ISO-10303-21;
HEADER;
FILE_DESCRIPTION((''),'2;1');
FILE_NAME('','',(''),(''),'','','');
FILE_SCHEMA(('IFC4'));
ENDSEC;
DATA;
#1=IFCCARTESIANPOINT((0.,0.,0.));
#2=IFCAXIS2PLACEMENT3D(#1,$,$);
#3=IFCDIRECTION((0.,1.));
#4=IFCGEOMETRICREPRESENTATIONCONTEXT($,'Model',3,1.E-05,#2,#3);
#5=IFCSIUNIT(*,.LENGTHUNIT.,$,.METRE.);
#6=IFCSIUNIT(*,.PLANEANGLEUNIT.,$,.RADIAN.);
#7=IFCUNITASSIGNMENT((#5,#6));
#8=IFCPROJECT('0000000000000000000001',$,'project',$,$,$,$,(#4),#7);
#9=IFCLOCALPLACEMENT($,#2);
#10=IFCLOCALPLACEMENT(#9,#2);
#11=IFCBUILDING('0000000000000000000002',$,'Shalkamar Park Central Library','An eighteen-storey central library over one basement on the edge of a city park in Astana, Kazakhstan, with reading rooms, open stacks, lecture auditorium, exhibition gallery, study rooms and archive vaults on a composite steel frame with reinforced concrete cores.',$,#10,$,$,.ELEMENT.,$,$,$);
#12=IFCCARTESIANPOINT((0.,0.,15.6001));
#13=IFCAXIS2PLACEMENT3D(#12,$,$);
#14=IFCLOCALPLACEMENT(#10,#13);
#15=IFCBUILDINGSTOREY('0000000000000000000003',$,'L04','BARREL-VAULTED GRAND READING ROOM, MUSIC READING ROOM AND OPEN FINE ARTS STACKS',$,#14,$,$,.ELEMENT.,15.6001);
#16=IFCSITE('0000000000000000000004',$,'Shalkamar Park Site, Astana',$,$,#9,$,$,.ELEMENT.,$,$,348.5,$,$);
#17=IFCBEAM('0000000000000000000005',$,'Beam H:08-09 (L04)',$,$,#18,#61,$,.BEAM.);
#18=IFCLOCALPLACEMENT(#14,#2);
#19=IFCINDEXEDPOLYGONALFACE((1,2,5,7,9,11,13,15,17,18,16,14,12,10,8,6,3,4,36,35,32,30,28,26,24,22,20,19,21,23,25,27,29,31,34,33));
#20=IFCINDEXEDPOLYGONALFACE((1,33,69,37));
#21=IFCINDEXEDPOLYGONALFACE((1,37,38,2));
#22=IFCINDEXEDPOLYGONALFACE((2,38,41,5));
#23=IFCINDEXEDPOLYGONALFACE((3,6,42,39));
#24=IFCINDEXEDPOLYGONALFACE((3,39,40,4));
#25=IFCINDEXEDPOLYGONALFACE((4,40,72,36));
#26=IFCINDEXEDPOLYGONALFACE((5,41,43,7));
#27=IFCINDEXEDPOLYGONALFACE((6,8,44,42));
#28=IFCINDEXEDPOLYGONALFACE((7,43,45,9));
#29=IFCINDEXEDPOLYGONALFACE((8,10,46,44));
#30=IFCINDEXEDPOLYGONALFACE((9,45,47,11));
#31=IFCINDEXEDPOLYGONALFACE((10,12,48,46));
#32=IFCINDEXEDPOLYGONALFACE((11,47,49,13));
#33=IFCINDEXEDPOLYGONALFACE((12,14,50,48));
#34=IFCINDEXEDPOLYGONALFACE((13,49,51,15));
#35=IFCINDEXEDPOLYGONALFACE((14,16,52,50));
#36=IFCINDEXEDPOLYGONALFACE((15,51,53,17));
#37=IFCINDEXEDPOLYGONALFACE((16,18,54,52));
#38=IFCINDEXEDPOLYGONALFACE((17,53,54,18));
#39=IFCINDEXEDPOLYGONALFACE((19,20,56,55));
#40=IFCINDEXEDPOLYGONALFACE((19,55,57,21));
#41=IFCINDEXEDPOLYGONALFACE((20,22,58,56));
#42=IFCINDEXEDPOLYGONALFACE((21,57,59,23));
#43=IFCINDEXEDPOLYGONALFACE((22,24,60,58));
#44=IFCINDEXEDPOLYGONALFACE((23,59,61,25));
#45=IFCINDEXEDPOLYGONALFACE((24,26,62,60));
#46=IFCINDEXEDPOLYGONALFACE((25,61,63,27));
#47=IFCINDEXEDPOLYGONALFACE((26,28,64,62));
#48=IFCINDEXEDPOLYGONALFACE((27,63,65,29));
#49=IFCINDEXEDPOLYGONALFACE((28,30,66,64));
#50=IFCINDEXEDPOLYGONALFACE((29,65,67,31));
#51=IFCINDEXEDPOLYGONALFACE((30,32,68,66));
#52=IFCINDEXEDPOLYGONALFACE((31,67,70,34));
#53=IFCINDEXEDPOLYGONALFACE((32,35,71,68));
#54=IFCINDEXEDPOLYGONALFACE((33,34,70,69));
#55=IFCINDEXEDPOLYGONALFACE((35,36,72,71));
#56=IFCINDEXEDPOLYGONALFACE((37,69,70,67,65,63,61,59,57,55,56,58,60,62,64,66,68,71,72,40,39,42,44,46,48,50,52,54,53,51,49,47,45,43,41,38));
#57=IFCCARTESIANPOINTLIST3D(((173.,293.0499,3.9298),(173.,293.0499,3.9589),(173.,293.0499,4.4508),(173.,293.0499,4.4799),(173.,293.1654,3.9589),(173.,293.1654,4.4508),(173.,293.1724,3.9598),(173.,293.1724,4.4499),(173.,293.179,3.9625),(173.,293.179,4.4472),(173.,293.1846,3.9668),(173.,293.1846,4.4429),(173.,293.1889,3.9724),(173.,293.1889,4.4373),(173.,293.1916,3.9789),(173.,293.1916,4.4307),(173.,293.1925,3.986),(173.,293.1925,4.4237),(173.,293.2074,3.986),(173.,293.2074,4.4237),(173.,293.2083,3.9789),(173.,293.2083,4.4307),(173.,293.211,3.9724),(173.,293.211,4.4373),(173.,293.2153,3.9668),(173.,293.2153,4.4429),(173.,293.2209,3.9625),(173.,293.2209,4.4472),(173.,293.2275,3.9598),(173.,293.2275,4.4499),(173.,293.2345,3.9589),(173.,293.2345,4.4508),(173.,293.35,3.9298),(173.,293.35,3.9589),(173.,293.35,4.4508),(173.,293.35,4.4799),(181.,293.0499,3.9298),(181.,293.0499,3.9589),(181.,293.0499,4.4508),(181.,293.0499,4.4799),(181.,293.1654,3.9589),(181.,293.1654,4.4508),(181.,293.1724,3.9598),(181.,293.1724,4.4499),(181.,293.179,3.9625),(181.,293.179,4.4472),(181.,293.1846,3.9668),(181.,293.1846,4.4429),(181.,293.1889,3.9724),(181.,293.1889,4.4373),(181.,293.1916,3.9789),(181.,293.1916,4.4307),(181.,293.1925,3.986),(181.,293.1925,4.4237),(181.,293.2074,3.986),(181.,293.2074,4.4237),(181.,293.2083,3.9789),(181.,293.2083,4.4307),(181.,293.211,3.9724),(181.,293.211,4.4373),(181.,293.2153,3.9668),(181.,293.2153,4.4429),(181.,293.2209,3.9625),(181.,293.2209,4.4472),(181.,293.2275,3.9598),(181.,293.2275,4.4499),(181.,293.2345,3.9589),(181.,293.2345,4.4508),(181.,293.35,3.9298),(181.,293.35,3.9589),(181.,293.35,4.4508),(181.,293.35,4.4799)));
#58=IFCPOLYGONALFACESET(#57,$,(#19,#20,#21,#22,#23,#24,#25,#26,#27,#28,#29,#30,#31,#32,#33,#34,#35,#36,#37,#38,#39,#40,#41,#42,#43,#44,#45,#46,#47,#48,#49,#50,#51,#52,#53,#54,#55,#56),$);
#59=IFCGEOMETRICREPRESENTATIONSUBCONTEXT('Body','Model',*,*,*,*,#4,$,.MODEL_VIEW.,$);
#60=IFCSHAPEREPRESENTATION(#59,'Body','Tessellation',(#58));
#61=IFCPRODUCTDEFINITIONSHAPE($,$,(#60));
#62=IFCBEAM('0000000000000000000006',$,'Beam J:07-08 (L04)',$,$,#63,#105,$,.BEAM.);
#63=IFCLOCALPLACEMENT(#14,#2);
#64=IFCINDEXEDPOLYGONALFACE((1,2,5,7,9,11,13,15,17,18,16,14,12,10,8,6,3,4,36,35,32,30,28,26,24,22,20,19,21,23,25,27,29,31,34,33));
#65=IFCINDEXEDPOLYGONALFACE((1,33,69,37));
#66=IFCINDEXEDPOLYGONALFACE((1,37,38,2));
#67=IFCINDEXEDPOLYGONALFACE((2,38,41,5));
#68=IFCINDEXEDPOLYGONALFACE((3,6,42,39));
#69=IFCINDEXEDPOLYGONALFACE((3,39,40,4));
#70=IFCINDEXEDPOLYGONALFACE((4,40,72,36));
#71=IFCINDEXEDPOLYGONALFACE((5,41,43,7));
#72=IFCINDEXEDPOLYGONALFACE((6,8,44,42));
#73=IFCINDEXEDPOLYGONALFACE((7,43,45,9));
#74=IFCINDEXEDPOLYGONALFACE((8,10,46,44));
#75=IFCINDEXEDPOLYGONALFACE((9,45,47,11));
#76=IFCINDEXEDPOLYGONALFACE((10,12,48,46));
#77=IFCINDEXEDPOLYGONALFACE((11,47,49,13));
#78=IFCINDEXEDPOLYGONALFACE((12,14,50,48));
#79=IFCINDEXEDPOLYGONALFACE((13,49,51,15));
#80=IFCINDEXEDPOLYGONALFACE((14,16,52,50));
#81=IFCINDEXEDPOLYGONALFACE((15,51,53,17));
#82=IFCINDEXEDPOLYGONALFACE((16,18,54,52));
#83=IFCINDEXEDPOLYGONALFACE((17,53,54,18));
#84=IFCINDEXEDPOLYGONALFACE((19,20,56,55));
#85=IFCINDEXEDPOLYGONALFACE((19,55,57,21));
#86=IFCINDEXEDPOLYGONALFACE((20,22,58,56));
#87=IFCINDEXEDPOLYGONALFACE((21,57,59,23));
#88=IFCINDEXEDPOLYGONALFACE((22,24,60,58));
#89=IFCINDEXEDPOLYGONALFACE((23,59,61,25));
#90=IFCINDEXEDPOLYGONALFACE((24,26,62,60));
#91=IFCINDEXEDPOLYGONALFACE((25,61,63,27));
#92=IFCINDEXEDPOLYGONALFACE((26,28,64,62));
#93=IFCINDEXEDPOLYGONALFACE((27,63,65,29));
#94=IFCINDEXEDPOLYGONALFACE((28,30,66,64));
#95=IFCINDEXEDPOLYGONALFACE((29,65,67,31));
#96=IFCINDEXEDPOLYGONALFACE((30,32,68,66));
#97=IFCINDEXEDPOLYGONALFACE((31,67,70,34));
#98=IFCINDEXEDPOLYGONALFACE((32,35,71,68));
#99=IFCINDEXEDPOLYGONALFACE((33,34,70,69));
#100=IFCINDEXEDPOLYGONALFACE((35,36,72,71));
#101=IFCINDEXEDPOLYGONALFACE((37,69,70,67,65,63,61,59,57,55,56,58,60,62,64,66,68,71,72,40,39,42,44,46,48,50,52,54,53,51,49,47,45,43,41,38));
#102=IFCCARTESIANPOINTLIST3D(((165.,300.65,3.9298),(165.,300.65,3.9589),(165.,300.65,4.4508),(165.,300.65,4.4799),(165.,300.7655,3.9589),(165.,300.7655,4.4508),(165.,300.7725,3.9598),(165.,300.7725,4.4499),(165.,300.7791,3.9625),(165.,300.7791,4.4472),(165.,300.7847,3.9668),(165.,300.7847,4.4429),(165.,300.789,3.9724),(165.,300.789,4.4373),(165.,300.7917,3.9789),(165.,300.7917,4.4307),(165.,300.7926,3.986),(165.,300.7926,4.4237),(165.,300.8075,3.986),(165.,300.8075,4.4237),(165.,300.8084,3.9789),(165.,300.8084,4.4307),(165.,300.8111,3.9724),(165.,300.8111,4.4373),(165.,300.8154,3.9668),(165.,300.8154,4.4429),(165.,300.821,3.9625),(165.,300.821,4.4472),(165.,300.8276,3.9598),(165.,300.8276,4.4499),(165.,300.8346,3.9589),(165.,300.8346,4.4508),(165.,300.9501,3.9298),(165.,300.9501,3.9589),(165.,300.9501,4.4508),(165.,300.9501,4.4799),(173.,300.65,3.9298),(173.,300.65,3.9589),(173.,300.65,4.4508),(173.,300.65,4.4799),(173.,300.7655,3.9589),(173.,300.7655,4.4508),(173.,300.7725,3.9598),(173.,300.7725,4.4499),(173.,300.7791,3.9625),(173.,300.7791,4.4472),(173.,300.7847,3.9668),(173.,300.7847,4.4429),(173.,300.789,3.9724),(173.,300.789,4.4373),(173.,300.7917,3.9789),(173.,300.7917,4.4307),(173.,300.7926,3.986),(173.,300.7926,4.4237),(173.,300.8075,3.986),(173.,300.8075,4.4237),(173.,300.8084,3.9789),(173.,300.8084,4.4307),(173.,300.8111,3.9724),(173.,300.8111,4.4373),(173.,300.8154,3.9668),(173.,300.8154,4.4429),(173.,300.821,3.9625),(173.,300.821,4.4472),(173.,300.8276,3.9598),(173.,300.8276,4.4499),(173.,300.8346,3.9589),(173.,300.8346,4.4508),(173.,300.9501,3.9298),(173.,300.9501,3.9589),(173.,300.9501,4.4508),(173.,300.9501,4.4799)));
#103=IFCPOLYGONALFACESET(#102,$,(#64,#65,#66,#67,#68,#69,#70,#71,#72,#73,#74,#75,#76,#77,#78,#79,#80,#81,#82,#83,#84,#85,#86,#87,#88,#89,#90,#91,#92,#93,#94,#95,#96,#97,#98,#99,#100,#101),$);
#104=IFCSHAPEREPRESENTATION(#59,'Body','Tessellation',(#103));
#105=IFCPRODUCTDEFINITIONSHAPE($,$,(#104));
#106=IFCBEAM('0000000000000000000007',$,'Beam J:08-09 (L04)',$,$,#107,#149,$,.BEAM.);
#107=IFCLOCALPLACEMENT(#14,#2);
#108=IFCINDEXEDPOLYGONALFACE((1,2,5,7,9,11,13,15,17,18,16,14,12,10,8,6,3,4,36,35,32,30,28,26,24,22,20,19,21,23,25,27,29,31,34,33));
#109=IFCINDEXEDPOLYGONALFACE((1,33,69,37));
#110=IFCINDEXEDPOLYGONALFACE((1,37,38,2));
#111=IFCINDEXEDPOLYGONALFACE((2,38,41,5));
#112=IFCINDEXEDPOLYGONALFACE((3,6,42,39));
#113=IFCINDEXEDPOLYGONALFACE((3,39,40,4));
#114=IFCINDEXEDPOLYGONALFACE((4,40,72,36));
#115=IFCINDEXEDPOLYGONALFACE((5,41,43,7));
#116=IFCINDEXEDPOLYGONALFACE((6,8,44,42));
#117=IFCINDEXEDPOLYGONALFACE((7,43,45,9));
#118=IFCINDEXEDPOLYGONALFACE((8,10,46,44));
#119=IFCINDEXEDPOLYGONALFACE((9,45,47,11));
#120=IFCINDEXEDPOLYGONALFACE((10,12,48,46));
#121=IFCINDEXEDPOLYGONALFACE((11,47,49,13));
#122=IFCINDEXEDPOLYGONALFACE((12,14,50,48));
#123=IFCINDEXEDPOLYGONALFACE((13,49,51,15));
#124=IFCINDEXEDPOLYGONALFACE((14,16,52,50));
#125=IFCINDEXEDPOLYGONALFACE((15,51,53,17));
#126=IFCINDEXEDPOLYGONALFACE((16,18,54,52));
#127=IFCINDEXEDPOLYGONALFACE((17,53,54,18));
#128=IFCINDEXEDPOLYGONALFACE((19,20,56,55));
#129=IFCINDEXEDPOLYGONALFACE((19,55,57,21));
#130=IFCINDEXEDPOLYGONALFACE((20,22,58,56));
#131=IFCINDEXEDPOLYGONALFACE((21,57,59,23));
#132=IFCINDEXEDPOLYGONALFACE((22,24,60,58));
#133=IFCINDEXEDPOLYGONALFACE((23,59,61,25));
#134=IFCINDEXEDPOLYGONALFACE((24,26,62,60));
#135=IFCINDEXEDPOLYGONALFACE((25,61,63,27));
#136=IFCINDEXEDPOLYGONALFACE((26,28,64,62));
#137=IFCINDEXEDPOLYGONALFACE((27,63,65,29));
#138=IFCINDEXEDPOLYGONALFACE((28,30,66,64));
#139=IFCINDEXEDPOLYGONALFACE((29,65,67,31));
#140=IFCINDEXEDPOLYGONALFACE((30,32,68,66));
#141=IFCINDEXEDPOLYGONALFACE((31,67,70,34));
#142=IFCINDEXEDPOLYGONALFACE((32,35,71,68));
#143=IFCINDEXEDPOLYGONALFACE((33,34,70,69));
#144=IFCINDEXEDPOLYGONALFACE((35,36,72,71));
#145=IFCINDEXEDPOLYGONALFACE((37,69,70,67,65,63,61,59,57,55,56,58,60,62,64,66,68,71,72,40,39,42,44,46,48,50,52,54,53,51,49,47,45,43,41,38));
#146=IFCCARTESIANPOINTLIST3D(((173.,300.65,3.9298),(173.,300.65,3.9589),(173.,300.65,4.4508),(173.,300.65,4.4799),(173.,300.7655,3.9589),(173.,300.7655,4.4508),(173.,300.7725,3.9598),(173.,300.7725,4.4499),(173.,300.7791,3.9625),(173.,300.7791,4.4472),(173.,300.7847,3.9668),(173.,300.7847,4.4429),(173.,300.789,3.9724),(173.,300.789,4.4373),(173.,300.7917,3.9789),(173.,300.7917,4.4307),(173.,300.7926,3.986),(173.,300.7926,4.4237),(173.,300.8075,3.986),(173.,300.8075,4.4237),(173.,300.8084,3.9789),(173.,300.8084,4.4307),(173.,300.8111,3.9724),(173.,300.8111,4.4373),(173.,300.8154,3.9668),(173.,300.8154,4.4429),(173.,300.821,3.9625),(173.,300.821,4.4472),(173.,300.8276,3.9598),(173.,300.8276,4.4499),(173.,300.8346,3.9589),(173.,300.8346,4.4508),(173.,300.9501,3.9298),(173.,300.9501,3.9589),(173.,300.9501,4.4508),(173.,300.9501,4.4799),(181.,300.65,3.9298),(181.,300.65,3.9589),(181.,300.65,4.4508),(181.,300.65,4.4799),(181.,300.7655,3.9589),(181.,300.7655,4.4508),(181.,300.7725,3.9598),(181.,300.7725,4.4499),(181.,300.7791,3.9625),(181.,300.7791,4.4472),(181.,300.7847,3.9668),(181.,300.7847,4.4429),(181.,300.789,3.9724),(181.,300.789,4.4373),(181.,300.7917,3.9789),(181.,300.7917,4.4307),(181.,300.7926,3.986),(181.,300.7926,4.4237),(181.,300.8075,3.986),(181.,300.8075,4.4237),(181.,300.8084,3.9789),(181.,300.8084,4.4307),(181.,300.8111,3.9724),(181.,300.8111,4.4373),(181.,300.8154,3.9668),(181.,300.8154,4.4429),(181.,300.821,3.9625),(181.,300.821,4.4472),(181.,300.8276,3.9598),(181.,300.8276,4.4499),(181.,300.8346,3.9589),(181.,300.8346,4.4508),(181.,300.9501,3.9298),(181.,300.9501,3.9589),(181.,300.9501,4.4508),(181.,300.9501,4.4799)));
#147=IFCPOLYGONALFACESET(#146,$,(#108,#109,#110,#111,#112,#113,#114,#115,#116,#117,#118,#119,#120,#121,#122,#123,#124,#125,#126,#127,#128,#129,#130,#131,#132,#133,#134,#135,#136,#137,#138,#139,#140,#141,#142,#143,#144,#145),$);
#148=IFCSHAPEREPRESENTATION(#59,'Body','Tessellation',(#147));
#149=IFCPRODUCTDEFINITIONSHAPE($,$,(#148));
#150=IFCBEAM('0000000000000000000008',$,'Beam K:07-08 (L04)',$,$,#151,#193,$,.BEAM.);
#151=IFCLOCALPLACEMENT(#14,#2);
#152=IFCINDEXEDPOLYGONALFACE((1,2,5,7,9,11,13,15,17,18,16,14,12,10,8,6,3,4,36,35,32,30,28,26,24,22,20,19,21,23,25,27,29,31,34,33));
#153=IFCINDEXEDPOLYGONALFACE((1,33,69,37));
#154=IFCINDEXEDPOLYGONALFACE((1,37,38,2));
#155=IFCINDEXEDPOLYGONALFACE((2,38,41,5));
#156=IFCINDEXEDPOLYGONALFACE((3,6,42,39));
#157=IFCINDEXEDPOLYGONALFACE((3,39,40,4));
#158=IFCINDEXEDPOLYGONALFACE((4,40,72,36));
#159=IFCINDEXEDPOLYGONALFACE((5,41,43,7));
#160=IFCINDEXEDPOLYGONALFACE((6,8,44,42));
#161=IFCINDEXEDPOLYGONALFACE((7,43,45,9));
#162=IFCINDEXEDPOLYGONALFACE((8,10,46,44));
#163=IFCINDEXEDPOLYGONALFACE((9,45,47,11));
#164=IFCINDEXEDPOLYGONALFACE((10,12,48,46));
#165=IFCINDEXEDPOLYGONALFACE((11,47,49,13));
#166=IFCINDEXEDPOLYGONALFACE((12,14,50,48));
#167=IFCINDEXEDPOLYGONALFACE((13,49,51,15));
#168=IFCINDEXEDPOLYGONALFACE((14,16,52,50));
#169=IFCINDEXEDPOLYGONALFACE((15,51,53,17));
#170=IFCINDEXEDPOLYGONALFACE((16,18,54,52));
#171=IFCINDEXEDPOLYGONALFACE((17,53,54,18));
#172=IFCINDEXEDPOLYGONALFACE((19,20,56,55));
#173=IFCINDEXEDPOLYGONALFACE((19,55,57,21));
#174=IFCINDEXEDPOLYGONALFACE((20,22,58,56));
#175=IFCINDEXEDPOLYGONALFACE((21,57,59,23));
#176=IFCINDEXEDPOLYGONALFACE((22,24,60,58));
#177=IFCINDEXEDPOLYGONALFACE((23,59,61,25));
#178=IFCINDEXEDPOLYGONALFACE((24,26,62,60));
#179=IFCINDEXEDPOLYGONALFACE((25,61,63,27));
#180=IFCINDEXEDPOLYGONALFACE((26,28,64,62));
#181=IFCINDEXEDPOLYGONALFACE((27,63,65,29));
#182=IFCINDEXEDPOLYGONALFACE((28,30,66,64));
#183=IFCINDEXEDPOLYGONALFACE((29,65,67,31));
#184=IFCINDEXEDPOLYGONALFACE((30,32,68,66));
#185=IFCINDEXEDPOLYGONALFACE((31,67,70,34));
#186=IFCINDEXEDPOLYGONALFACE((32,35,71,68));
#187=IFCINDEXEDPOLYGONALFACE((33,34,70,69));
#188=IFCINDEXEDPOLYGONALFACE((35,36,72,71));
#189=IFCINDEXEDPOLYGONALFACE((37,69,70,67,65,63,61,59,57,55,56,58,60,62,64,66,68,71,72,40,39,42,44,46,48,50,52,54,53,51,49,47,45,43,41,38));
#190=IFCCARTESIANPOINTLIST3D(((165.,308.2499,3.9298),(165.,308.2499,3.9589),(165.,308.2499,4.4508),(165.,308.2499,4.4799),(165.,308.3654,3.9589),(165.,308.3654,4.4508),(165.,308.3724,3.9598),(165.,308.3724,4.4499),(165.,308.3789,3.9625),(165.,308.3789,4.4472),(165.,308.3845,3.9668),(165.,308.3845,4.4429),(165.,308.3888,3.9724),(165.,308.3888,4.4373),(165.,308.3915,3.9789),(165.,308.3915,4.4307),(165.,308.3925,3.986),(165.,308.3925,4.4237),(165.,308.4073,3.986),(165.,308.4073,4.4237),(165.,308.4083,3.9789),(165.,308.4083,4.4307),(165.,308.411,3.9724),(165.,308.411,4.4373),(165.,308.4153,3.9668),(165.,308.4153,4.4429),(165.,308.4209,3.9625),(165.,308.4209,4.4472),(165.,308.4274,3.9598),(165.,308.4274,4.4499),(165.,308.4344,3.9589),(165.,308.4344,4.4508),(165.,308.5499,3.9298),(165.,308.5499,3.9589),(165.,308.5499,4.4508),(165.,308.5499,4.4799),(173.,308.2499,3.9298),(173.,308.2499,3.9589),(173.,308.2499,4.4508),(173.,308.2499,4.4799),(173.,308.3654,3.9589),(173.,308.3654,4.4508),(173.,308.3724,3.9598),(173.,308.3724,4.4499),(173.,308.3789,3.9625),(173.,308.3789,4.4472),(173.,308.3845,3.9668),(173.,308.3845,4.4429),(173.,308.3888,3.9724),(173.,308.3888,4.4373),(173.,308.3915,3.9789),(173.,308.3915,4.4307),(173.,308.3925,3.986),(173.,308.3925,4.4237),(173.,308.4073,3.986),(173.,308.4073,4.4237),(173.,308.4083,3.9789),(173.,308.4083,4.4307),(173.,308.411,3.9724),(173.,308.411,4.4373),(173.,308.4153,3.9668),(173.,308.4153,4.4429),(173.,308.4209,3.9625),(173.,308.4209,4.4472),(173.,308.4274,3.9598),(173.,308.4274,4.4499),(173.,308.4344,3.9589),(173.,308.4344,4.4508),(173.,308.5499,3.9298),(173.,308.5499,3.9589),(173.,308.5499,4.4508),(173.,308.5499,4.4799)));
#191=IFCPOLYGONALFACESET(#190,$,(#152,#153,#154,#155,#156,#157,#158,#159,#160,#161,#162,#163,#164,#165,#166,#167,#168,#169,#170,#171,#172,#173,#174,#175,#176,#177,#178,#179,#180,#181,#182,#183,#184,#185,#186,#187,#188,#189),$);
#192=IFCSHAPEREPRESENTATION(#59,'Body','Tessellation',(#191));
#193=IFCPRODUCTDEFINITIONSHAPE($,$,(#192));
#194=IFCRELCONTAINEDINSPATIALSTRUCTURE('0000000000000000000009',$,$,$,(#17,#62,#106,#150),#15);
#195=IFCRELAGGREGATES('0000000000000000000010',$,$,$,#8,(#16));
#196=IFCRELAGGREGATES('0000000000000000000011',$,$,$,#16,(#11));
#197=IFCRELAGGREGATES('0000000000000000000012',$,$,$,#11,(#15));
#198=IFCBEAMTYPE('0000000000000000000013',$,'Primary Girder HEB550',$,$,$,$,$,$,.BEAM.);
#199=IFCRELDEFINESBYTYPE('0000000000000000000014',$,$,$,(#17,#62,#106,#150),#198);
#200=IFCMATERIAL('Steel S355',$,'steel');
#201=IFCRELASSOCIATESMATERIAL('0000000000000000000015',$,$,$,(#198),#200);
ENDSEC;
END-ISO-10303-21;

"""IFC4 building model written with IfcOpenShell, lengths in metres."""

from ifc_helpers import new_model, si_unit, direction, frame, origin, origin_2d, place, context, subcontext, project, spatial, i_section, extrude, material, material_profile, profile_set, type_object, element, save


model = new_model("IFC4")

# Units and contexts
model_context = context("Model", 3, precision=1e-05, world=origin(), true_north=direction((0.0, 1.0)))
body_context = subcontext(model_context, "Body", "Model", "MODEL_VIEW")
ifc_project = project(units=[si_unit("LENGTHUNIT", "METRE"), si_unit("PLANEANGLEUNIT", "RADIAN")], contexts=[model_context])

# Site, building, storey
site_placement = place(None, origin())
site = spatial("IfcSite", under=ifc_project, at=site_placement, Name="Shalkamar Park Site, Astana", CompositionType="ELEMENT", RefElevation=348.5)
building_placement = place(site_placement, origin())
building = spatial("IfcBuilding", under=site, at=building_placement, Name="Shalkamar Park Central Library", Description="An eighteen-storey central library over one basement on the edge of a city park in Astana, Kazakhstan, with reading rooms, open stacks, lecture auditorium, exhibition gallery, study rooms and archive vaults on a composite steel frame with reinforced concrete cores.", CompositionType="ELEMENT")
storey_placement = place(building_placement, frame((0.0, 0.0, 15.6001)))
storey = spatial("IfcBuildingStorey", under=building, at=storey_placement, Name="L04", Description="BARREL-VAULTED GRAND READING ROOM, MUSIC READING ROOM AND OPEN FINE ARTS STACKS", CompositionType="ELEMENT", Elevation=15.6001)

# Shared definitions
ifc_material_1 = material(Name="Steel S355", Category="steel")

# Beams
ifc_material_profile_1 = material_profile(ifc_material_1, i_section(OverallWidth=0.3, OverallDepth=0.55, WebThickness=0.0149, FlangeThickness=0.0291, FilletRadius=0.0271, at=origin_2d()), Name="HEB 550")
ifc_profile_set_1 = profile_set([ifc_material_profile_1], Name="Steel S355")
beam_type_1 = type_object("IfcBeamType", Name="Primary Girder HEB550", PredefinedType="BEAM", material=ifc_profile_set_1)
for number, where, z_axis, x_axis, name in (
    (1, (173.0, 293.2, 4.2048), (1.0, 0.0, 0.0), (0.0, 1.0, 0.0), "Beam H:08-09 (L04)"),
    (2, (165.0, 300.8, 4.2048), (1.0, 0.0, 0.0), (0.0, 1.0, 0.0), "Beam J:07-08 (L04)"),
    (3, (173.0, 300.8, 4.2048), (1.0, 0.0, 0.0), (0.0, 1.0, 0.0), "Beam J:08-09 (L04)"),
    (4, (165.0, 308.3999, 4.2048), (1.0, 0.0, 0.0), (0.0, 1.0, 0.0), "Beam K:07-08 (L04)"),
):
    element("IfcBeam", number, at=place(storey_placement, frame(where, z_axis=z_axis, x_axis=x_axis)), inside=storey, type_object=beam_type_1, Name=name, PredefinedType="BEAM", context=body_context, shape_type="SweptSolid", body=[
        extrude(i_section(OverallWidth=0.3, OverallDepth=0.55, WebThickness=0.0149, FlangeThickness=0.0291, FilletRadius=0.0271, at=origin_2d()), origin(), (0.0, 0.0, 1.0), 8.0),
    ])

save(model, "model.ifc")
